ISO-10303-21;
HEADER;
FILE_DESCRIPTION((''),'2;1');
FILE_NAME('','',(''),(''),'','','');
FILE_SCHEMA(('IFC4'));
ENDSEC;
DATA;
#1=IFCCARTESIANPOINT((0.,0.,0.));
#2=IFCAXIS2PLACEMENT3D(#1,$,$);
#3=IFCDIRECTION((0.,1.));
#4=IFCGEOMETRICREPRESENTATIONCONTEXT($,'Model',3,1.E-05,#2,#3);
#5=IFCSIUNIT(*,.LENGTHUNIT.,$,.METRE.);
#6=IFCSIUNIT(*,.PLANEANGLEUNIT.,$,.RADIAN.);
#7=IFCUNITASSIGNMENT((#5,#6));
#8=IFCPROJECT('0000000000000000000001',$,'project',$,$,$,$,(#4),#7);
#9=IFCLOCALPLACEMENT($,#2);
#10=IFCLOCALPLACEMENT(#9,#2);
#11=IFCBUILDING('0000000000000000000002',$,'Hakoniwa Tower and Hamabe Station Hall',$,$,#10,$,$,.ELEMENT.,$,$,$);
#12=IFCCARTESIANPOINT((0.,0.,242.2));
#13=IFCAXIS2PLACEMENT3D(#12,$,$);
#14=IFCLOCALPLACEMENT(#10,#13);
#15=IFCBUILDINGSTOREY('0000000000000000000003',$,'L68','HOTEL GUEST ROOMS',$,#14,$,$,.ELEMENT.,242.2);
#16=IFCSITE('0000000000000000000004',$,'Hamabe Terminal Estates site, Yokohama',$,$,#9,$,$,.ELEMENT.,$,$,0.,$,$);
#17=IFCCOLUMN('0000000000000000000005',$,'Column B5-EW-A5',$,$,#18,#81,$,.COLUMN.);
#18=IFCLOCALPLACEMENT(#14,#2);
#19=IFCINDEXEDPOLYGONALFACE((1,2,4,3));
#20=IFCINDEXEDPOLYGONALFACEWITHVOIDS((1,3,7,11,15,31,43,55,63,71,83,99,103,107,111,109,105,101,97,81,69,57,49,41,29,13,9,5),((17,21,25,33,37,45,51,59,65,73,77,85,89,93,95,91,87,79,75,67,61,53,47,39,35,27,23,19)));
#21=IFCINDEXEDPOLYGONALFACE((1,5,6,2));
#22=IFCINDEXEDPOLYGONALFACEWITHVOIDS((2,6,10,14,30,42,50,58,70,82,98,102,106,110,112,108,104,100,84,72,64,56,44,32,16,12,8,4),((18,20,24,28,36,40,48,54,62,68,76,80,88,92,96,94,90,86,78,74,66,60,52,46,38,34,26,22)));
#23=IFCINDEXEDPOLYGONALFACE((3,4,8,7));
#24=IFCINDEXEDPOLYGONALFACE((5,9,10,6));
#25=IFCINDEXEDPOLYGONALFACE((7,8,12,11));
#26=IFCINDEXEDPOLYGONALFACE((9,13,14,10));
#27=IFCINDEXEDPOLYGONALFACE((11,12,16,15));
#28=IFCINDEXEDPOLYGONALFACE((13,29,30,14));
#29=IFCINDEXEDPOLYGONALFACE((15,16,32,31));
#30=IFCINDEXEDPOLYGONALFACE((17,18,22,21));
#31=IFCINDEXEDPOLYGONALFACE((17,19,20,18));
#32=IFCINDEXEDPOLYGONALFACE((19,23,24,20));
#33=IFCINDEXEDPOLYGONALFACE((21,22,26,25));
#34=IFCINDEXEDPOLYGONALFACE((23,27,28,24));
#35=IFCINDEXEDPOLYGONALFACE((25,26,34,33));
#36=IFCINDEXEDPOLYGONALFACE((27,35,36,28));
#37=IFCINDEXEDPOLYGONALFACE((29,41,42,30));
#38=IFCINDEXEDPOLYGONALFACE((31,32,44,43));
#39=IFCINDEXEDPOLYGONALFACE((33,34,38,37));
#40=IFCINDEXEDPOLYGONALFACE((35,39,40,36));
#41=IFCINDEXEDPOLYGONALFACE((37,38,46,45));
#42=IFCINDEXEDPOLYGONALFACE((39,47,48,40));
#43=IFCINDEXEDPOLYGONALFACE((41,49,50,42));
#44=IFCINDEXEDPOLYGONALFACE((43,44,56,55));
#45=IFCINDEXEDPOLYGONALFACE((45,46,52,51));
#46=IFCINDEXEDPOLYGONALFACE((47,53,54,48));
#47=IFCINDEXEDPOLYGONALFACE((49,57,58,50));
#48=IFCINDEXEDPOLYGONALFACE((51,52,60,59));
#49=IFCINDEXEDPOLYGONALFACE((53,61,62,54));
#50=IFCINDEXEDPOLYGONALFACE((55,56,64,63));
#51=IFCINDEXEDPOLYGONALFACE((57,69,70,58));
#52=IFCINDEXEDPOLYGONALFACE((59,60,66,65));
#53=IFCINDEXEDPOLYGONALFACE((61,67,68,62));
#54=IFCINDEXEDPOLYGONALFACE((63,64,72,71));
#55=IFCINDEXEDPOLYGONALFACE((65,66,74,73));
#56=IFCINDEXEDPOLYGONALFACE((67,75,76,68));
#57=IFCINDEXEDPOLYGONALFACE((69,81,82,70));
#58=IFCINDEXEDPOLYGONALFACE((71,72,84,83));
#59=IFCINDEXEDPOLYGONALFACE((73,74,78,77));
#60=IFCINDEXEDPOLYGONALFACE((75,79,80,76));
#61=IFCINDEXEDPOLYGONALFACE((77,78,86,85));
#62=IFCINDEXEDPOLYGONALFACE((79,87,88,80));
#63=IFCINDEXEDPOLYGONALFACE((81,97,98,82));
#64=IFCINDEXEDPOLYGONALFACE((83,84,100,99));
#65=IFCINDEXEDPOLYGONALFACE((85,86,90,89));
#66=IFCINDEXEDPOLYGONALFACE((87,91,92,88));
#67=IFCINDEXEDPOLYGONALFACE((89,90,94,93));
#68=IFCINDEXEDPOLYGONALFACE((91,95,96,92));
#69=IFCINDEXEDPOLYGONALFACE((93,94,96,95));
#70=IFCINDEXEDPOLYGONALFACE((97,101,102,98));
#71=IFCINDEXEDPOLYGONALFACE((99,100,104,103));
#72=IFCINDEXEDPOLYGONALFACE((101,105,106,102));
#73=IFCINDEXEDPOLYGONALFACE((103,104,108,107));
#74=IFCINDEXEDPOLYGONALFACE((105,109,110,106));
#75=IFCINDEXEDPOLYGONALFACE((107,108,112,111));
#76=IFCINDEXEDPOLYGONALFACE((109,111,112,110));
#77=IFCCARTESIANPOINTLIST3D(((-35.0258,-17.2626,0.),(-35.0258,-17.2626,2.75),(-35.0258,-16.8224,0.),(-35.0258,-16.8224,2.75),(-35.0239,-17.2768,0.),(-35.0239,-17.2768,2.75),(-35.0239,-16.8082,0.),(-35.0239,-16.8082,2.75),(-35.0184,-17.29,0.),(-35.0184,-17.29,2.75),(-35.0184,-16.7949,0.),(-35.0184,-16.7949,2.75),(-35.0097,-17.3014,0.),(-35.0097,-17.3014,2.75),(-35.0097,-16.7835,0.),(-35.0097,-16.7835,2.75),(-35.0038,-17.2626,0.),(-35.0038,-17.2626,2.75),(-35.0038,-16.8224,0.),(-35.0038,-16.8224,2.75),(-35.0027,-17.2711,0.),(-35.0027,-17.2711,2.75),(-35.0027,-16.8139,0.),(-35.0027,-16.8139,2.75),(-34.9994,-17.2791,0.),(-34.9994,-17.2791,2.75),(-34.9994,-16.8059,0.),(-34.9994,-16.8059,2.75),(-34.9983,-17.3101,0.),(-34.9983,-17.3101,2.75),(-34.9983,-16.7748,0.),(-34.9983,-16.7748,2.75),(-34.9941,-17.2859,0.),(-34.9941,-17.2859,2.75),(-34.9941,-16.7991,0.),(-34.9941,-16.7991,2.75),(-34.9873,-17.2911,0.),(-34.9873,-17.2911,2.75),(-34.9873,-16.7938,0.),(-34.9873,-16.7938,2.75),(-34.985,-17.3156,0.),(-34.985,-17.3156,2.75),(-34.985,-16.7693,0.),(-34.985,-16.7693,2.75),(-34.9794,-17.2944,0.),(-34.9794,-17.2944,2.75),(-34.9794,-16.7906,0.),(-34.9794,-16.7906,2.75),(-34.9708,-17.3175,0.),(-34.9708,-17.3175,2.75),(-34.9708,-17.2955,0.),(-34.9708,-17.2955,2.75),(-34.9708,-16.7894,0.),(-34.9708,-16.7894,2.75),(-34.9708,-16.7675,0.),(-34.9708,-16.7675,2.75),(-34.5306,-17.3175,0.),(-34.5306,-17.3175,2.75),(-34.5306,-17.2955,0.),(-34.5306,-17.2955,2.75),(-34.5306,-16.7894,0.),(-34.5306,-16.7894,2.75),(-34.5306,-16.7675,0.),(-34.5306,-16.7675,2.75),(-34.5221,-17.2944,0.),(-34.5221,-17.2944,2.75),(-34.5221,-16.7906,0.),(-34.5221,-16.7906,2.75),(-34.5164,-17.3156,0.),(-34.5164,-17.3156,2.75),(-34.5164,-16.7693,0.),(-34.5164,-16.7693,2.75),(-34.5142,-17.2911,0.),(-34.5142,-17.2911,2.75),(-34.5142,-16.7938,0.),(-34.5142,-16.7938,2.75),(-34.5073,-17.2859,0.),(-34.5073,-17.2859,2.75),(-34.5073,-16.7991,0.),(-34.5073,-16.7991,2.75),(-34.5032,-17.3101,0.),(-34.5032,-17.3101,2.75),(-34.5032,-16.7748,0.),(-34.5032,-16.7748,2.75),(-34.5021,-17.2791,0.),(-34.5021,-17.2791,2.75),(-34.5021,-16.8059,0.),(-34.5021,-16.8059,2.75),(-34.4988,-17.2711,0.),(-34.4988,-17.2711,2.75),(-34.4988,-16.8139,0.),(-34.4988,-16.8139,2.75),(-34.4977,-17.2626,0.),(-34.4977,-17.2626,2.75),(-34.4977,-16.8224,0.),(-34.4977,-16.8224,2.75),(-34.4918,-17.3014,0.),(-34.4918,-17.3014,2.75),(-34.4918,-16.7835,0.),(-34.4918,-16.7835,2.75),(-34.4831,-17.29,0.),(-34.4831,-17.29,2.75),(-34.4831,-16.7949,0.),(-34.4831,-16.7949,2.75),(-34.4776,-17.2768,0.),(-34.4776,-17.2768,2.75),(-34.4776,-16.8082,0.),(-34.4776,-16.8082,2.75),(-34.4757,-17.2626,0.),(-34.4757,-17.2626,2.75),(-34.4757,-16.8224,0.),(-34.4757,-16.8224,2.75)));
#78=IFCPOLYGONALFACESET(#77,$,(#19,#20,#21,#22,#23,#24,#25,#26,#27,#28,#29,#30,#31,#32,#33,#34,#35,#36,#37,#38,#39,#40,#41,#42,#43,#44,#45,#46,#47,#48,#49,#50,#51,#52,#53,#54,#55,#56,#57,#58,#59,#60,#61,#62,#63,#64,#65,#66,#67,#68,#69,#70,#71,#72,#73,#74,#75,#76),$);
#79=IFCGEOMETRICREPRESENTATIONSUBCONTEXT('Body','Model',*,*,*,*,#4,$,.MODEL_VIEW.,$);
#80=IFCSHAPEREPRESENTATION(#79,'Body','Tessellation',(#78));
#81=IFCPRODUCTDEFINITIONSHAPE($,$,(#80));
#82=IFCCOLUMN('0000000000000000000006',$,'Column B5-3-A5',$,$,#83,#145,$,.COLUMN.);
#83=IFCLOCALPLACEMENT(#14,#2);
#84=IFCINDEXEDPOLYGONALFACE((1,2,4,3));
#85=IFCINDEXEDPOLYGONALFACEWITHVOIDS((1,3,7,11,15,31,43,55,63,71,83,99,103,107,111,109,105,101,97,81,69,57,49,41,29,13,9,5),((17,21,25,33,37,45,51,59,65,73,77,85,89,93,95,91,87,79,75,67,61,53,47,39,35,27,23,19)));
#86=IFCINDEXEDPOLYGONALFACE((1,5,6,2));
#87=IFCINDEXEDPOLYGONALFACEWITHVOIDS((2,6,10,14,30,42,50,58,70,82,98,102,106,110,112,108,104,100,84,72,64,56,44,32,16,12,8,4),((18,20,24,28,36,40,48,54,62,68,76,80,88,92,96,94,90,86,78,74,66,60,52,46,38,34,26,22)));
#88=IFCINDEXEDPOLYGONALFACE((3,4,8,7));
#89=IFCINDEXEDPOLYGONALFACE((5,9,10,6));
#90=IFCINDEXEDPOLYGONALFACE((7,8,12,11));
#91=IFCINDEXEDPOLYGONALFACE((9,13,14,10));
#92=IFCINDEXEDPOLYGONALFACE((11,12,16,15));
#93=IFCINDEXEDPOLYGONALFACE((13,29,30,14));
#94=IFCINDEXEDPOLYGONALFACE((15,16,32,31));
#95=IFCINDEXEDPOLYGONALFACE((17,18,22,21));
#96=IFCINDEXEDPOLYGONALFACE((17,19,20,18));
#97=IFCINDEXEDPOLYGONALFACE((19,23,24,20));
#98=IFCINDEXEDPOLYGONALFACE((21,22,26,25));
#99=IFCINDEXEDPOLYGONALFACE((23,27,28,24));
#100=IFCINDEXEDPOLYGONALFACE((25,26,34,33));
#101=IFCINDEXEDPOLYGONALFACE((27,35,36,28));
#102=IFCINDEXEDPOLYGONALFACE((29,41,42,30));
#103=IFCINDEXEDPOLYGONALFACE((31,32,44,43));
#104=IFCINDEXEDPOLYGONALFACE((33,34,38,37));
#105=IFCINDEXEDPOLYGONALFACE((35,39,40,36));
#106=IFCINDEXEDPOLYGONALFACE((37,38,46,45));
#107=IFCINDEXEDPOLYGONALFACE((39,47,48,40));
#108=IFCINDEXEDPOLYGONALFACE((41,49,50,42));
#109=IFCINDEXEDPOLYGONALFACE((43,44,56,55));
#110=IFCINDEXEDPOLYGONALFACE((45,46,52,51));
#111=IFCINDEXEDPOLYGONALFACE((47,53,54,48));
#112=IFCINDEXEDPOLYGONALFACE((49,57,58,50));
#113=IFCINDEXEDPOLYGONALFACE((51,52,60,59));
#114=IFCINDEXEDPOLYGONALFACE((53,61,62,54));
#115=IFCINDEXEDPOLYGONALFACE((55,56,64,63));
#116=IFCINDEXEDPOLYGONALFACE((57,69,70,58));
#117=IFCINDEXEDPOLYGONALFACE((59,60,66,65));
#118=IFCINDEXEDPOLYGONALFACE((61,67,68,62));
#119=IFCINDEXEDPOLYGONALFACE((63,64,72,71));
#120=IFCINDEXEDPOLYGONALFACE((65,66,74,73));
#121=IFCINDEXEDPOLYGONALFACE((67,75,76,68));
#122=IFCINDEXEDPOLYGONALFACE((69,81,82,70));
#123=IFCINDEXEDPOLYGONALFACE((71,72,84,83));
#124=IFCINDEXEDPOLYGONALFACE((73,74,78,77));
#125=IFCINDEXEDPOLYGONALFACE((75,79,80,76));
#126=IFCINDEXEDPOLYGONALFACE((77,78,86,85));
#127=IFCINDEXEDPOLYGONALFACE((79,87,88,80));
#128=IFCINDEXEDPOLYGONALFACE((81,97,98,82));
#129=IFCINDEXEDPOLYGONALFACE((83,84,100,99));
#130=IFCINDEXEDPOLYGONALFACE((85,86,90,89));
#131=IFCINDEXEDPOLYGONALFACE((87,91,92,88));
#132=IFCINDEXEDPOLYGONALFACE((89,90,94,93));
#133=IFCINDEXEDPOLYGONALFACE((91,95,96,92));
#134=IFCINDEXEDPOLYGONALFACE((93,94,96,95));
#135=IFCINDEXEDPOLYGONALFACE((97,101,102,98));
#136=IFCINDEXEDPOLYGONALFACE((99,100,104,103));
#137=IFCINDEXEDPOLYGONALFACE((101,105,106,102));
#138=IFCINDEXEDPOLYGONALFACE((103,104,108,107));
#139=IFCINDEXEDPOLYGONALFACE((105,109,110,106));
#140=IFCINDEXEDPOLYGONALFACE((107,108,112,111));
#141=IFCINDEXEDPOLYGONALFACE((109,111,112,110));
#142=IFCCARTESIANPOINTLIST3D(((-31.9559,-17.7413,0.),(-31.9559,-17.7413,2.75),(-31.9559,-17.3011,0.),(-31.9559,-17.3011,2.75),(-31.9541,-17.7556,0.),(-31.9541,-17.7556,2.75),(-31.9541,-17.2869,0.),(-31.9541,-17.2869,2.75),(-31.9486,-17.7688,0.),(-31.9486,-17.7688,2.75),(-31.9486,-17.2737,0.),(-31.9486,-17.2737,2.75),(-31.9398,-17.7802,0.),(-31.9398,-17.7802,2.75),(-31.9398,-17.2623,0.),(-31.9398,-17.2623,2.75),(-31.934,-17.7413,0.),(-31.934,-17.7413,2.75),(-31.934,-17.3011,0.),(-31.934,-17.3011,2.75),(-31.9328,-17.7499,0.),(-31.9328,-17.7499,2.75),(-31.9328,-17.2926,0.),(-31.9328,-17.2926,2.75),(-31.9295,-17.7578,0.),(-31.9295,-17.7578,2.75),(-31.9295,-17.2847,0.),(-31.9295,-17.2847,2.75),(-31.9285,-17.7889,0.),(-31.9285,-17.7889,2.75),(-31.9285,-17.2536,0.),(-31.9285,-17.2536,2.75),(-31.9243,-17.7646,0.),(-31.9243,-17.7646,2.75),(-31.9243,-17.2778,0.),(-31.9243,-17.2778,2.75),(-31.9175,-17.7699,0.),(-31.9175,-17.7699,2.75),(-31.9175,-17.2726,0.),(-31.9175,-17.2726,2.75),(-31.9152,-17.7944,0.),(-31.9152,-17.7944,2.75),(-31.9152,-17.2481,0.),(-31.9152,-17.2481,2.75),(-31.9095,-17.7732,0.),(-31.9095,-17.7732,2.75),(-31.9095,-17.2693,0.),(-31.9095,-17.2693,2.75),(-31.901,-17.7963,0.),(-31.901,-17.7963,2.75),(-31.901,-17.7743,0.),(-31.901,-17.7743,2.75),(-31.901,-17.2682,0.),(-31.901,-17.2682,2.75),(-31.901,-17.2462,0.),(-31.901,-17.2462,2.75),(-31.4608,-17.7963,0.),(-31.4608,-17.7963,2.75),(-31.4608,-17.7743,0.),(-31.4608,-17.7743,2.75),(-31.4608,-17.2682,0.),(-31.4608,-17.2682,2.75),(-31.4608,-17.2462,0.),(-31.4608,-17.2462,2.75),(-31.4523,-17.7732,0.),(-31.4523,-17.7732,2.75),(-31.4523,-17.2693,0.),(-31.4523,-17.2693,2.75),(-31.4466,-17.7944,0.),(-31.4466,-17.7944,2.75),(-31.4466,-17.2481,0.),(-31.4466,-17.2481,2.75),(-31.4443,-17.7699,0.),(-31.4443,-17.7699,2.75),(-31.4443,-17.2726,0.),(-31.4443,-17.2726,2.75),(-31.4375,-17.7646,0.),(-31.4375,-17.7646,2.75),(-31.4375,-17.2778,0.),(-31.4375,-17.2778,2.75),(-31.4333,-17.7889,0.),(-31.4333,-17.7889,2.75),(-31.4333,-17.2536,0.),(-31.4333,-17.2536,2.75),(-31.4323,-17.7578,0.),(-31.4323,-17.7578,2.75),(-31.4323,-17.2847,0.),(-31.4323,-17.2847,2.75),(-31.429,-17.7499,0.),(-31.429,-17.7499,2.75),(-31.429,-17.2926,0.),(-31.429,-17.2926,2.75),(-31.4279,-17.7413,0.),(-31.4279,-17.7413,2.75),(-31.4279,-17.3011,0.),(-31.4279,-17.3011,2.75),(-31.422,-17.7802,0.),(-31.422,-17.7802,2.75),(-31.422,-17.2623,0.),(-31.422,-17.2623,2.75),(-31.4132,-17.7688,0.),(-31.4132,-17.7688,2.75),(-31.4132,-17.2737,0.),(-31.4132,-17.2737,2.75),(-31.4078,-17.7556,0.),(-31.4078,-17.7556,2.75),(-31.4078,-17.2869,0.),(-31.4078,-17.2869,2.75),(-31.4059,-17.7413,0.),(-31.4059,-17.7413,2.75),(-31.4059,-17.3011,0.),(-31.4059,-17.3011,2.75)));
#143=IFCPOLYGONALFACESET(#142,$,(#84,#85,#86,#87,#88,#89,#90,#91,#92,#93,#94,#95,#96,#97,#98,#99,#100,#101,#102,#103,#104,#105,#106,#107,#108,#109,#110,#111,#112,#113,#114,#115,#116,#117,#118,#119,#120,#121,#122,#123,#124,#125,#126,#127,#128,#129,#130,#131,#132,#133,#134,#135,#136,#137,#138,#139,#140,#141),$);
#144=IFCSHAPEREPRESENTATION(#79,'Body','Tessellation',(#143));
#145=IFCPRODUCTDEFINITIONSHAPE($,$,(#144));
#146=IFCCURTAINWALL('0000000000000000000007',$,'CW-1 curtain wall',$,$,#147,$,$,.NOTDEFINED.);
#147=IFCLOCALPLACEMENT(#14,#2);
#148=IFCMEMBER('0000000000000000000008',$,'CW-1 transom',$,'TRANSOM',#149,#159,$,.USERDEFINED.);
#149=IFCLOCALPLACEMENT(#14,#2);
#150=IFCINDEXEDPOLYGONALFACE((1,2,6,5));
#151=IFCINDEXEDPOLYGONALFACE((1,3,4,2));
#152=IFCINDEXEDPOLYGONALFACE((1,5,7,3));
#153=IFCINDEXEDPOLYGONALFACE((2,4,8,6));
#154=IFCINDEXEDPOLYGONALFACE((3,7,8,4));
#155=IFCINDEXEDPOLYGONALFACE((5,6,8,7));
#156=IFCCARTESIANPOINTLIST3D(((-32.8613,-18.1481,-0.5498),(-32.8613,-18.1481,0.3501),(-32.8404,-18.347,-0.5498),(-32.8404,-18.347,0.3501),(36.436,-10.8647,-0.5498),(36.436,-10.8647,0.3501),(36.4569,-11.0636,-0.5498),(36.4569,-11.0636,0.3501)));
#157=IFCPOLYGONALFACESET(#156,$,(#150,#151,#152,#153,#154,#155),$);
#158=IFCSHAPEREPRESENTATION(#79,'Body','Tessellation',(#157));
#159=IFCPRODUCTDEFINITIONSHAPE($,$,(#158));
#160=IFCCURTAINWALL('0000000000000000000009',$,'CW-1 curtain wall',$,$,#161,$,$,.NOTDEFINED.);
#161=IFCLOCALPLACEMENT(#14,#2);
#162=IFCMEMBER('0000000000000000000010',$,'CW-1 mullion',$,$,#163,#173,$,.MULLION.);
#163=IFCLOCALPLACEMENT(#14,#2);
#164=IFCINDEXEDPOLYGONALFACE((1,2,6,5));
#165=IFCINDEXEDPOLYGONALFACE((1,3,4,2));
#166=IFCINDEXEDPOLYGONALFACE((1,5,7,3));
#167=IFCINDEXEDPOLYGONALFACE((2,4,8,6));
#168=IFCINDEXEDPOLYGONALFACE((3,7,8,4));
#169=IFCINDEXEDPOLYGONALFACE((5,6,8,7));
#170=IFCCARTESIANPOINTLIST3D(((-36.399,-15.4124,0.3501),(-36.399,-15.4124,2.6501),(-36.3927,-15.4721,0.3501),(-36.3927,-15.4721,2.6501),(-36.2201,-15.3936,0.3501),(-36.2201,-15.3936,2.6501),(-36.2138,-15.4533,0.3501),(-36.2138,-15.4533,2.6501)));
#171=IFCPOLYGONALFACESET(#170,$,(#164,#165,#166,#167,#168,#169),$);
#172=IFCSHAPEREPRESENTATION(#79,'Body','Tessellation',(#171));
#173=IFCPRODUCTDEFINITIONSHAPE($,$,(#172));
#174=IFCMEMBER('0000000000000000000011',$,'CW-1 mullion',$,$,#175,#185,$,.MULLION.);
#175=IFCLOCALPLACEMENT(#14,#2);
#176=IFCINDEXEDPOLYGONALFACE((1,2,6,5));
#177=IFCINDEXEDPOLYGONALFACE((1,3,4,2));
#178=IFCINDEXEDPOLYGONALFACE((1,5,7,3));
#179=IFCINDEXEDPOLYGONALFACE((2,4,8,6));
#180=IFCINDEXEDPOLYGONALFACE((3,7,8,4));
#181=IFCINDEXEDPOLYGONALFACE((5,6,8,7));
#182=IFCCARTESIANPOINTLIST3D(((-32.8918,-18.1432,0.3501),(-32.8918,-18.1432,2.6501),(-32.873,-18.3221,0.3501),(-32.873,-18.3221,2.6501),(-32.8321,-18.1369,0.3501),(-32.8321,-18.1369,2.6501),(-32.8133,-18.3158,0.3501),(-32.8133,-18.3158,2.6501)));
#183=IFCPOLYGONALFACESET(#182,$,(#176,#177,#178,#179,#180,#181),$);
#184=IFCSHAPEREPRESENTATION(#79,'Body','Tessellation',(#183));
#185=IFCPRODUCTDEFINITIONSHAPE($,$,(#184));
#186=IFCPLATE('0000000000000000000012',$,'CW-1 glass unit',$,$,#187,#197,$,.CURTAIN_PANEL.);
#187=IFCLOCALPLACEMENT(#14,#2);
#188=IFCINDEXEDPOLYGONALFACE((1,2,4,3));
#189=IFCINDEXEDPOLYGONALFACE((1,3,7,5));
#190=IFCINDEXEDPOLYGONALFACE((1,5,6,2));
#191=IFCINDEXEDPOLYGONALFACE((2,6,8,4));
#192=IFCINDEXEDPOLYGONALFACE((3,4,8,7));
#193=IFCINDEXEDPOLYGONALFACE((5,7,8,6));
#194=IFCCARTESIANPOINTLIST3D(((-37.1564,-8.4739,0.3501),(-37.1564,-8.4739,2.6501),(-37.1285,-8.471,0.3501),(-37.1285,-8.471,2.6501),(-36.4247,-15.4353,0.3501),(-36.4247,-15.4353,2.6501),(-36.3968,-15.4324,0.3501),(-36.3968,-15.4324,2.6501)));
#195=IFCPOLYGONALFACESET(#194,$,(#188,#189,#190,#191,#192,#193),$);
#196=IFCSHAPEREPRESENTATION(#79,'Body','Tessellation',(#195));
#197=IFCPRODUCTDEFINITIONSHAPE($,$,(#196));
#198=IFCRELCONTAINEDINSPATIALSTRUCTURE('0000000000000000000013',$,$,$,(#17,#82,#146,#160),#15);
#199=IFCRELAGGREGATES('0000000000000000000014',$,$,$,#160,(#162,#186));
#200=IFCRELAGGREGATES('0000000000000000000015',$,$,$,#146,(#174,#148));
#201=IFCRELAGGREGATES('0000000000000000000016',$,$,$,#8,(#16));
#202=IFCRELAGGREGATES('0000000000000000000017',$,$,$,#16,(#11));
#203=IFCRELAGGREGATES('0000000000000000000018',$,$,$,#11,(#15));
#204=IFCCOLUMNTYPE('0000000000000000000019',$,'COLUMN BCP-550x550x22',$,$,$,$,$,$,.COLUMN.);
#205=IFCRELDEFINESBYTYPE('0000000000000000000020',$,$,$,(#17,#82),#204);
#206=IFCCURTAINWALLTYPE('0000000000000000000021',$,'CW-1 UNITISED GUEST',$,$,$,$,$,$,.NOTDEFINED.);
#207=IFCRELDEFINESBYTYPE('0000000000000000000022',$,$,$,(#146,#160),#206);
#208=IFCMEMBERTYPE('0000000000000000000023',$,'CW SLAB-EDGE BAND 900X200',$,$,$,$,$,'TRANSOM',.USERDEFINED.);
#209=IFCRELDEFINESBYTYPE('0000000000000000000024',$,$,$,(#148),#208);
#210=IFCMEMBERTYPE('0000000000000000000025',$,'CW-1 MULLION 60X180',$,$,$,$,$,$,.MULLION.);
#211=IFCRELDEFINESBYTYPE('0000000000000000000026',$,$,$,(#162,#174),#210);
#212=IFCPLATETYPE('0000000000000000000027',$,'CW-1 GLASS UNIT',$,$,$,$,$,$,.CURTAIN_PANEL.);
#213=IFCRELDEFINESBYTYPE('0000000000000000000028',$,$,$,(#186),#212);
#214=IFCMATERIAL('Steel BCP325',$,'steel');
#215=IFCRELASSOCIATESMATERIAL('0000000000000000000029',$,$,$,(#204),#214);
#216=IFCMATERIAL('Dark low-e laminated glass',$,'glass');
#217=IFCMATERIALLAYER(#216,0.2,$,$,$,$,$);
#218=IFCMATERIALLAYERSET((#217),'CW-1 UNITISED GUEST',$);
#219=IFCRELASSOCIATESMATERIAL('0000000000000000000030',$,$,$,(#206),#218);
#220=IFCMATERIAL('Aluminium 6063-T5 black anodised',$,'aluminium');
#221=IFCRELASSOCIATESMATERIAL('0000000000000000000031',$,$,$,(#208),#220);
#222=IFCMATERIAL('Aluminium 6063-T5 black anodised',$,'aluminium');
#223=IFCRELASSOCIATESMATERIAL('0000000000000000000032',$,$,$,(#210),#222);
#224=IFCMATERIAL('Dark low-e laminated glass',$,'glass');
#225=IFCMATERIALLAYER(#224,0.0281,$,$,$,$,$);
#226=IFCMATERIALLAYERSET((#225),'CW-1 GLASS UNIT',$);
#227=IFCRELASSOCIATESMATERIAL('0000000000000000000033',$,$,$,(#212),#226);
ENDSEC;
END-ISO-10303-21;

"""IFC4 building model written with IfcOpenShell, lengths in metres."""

from ifc_helpers import new_model, si_unit, direction, frame, origin, origin_2d, place, context, subcontext, project, spatial, rectangle, hollow_rectangle, extrude, material, layer, layer_set, material_profile, profile_set, type_object, element, aggregate, save


model = new_model("IFC4")

# Units and contexts
model_context = context("Model", 3, precision=1e-05, world=origin(), true_north=direction((0.0, 1.0)))
body_context = subcontext(model_context, "Body", "Model", "MODEL_VIEW")
ifc_project = project(units=[si_unit("LENGTHUNIT", "METRE"), si_unit("PLANEANGLEUNIT", "RADIAN")], contexts=[model_context])

# Site, building, storey
site_placement = place(None, origin())
site = spatial("IfcSite", under=ifc_project, at=site_placement, Name="Hamabe Terminal Estates site, Yokohama", CompositionType="ELEMENT", RefElevation=0.0)
building_placement = place(site_placement, origin())
building = spatial("IfcBuilding", under=site, at=building_placement, Name="Hakoniwa Tower and Hamabe Station Hall", CompositionType="ELEMENT")
storey_placement = place(building_placement, frame((0.0, 0.0, 242.2)))
storey = spatial("IfcBuildingStorey", under=building, at=storey_placement, Name="L68", Description="HOTEL GUEST ROOMS", CompositionType="ELEMENT", Elevation=242.2)

# Columns
ifc_material_1 = material(Name="Steel BCP325", Category="steel")
ifc_material_profile_1 = material_profile(ifc_material_1, hollow_rectangle(XDim=0.55, YDim=0.55, WallThickness=0.022, InnerFilletRadius=0.033, OuterFilletRadius=0.0549, at=origin_2d()), Name="BCP-550x550x22")
ifc_profile_set_1 = profile_set([ifc_material_profile_1], Name="Steel BCP325")
column_type = type_object("IfcColumnType", Name="COLUMN BCP-550x550x22", PredefinedType="COLUMN", material=ifc_profile_set_1)
for number, where, z_axis, x_axis, name in (
    (1, (-34.7507, -17.0425, 0.0), (0.0, 0.0, 1.0), (1.0, 0.0, 0.0), "Column B5-EW-A5"),
    (2, (-31.6809, -17.5212, 0.0), (0.0, 0.0, 1.0), (1.0, 0.0, 0.0), "Column B5-3-A5"),
):
    element("IfcColumn", number, at=place(storey_placement, frame(where, z_axis=z_axis, x_axis=x_axis)), inside=storey, type_object=column_type, Name=name, PredefinedType="COLUMN", context=body_context, shape_type="SweptSolid", body=[
        extrude(hollow_rectangle(XDim=0.55, YDim=0.55, WallThickness=0.022, InnerFilletRadius=0.033, OuterFilletRadius=0.0549, at=origin_2d()), origin(), (0.0, 0.0, 1.0), 2.75),
    ])

# Curtain walls, members
ifc_material_2 = material(Name="Dark low-e laminated glass", Category="glass")
ifc_layer_1 = layer(ifc_material_2, 0.2)
ifc_layer_set_1 = layer_set([ifc_layer_1], Name="CW-1 UNITISED GUEST")
curtain_wall_type = type_object("IfcCurtainWallType", Name="CW-1 UNITISED GUEST", PredefinedType="NOTDEFINED", material=ifc_layer_set_1)
curtain_wall_1_placement = place(storey_placement, origin())
curtain_wall_1 = element("IfcCurtainWall", 3, at=curtain_wall_1_placement, inside=storey, type_object=curtain_wall_type, Name="CW-1 curtain wall", PredefinedType="NOTDEFINED")
ifc_material_3 = material(Name="Aluminium 6063-T5 black anodised", Category="aluminium")
ifc_material_profile_2 = material_profile(ifc_material_3, rectangle(XDim=0.2, YDim=0.8999, at=origin_2d()), Name="CW SLAB-EDGE BAND 900X200")
ifc_profile_set_2 = profile_set([ifc_material_profile_2], Name="Aluminium 6063-T5 black anodised")
member_type_1 = type_object("IfcMemberType", Name="CW SLAB-EDGE BAND 900X200", ElementType="TRANSOM", PredefinedType="USERDEFINED", material=ifc_profile_set_2)
member_1_placement = place(storey_placement, frame((-32.8508, -18.2476, -0.0999), z_axis=(0.994522, 0.104528, 0.0), x_axis=(-0.104528, 0.994522, 0.0)))
member_1 = element("IfcMember", 4, at=member_1_placement, type_object=member_type_1, Name="CW-1 transom", ObjectType="TRANSOM", PredefinedType="USERDEFINED", context=body_context, shape_type="SweptSolid", body=[
    extrude(rectangle(XDim=0.2, YDim=0.8999, at=origin_2d()), origin(), (0.0, 0.0, 1.0), 69.679),
])
curtain_wall_2_placement = place(storey_placement, origin())
curtain_wall_2 = element("IfcCurtainWall", 5, at=curtain_wall_2_placement, inside=storey, type_object=curtain_wall_type, Name="CW-1 curtain wall", PredefinedType="NOTDEFINED")
ifc_material_4 = material(Name="Aluminium 6063-T5 black anodised", Category="aluminium")
ifc_material_profile_3 = material_profile(ifc_material_4, rectangle(XDim=0.0601, YDim=0.1799, at=origin_2d()), Name="CW-1 MULLION 60X180")
ifc_profile_set_3 = profile_set([ifc_material_profile_3], Name="Aluminium 6063-T5 black anodised")
member_type_2 = type_object("IfcMemberType", Name="CW-1 MULLION 60X180", PredefinedType="MULLION", material=ifc_profile_set_3)
member_2_placement = place(storey_placement, frame((-36.3064, -15.4329, 0.3501), z_axis=(0.0, 0.0, 1.0), x_axis=(0.104528, -0.994522, 0.0)))
member_2 = element("IfcMember", 6, at=member_2_placement, type_object=member_type_2, Name="CW-1 mullion", PredefinedType="MULLION", context=body_context, shape_type="SweptSolid", body=[
    extrude(rectangle(XDim=0.0601, YDim=0.1799, at=origin_2d()), origin(), (0.0, 0.0, 1.0), 2.3),
])

# Member
member_3_placement = place(storey_placement, frame((-32.8525, -18.2295, 0.3501), z_axis=(0.0, 0.0, 1.0), x_axis=(0.994522, 0.104528, 0.0)))
member_3 = element("IfcMember", 7, at=member_3_placement, type_object=member_type_2, Name="CW-1 mullion", PredefinedType="MULLION", context=body_context, shape_type="SweptSolid", body=[
    extrude(rectangle(XDim=0.0601, YDim=0.1799, at=origin_2d()), origin(), (0.0, 0.0, 1.0), 2.3),
])

# Plate
ifc_material_5 = material(Name="Dark low-e laminated glass", Category="glass")
ifc_layer_2 = layer(ifc_material_5, 0.0281)
ifc_layer_set_2 = layer_set([ifc_layer_2], Name="CW-1 GLASS UNIT")
plate_type = type_object("IfcPlateType", Name="CW-1 GLASS UNIT", PredefinedType="CURTAIN_PANEL", material=ifc_layer_set_2)
plate_1_placement = place(storey_placement, frame((-36.7766, -11.9531, 0.3501), z_axis=(0.0, 0.0, 1.0), x_axis=(0.104528, -0.994522, 0.0)))
plate_1 = element("IfcPlate", 8, at=plate_1_placement, type_object=plate_type, Name="CW-1 glass unit", PredefinedType="CURTAIN_PANEL", context=body_context, shape_type="SweptSolid", body=[
    extrude(rectangle(XDim=6.9998, YDim=0.0281, at=origin_2d()), origin(), (0.0, 0.0, 1.0), 2.3),
])
aggregate(curtain_wall_2, [member_2, plate_1])
aggregate(curtain_wall_1, [member_3, member_1])

save(model, "model.ifc")
